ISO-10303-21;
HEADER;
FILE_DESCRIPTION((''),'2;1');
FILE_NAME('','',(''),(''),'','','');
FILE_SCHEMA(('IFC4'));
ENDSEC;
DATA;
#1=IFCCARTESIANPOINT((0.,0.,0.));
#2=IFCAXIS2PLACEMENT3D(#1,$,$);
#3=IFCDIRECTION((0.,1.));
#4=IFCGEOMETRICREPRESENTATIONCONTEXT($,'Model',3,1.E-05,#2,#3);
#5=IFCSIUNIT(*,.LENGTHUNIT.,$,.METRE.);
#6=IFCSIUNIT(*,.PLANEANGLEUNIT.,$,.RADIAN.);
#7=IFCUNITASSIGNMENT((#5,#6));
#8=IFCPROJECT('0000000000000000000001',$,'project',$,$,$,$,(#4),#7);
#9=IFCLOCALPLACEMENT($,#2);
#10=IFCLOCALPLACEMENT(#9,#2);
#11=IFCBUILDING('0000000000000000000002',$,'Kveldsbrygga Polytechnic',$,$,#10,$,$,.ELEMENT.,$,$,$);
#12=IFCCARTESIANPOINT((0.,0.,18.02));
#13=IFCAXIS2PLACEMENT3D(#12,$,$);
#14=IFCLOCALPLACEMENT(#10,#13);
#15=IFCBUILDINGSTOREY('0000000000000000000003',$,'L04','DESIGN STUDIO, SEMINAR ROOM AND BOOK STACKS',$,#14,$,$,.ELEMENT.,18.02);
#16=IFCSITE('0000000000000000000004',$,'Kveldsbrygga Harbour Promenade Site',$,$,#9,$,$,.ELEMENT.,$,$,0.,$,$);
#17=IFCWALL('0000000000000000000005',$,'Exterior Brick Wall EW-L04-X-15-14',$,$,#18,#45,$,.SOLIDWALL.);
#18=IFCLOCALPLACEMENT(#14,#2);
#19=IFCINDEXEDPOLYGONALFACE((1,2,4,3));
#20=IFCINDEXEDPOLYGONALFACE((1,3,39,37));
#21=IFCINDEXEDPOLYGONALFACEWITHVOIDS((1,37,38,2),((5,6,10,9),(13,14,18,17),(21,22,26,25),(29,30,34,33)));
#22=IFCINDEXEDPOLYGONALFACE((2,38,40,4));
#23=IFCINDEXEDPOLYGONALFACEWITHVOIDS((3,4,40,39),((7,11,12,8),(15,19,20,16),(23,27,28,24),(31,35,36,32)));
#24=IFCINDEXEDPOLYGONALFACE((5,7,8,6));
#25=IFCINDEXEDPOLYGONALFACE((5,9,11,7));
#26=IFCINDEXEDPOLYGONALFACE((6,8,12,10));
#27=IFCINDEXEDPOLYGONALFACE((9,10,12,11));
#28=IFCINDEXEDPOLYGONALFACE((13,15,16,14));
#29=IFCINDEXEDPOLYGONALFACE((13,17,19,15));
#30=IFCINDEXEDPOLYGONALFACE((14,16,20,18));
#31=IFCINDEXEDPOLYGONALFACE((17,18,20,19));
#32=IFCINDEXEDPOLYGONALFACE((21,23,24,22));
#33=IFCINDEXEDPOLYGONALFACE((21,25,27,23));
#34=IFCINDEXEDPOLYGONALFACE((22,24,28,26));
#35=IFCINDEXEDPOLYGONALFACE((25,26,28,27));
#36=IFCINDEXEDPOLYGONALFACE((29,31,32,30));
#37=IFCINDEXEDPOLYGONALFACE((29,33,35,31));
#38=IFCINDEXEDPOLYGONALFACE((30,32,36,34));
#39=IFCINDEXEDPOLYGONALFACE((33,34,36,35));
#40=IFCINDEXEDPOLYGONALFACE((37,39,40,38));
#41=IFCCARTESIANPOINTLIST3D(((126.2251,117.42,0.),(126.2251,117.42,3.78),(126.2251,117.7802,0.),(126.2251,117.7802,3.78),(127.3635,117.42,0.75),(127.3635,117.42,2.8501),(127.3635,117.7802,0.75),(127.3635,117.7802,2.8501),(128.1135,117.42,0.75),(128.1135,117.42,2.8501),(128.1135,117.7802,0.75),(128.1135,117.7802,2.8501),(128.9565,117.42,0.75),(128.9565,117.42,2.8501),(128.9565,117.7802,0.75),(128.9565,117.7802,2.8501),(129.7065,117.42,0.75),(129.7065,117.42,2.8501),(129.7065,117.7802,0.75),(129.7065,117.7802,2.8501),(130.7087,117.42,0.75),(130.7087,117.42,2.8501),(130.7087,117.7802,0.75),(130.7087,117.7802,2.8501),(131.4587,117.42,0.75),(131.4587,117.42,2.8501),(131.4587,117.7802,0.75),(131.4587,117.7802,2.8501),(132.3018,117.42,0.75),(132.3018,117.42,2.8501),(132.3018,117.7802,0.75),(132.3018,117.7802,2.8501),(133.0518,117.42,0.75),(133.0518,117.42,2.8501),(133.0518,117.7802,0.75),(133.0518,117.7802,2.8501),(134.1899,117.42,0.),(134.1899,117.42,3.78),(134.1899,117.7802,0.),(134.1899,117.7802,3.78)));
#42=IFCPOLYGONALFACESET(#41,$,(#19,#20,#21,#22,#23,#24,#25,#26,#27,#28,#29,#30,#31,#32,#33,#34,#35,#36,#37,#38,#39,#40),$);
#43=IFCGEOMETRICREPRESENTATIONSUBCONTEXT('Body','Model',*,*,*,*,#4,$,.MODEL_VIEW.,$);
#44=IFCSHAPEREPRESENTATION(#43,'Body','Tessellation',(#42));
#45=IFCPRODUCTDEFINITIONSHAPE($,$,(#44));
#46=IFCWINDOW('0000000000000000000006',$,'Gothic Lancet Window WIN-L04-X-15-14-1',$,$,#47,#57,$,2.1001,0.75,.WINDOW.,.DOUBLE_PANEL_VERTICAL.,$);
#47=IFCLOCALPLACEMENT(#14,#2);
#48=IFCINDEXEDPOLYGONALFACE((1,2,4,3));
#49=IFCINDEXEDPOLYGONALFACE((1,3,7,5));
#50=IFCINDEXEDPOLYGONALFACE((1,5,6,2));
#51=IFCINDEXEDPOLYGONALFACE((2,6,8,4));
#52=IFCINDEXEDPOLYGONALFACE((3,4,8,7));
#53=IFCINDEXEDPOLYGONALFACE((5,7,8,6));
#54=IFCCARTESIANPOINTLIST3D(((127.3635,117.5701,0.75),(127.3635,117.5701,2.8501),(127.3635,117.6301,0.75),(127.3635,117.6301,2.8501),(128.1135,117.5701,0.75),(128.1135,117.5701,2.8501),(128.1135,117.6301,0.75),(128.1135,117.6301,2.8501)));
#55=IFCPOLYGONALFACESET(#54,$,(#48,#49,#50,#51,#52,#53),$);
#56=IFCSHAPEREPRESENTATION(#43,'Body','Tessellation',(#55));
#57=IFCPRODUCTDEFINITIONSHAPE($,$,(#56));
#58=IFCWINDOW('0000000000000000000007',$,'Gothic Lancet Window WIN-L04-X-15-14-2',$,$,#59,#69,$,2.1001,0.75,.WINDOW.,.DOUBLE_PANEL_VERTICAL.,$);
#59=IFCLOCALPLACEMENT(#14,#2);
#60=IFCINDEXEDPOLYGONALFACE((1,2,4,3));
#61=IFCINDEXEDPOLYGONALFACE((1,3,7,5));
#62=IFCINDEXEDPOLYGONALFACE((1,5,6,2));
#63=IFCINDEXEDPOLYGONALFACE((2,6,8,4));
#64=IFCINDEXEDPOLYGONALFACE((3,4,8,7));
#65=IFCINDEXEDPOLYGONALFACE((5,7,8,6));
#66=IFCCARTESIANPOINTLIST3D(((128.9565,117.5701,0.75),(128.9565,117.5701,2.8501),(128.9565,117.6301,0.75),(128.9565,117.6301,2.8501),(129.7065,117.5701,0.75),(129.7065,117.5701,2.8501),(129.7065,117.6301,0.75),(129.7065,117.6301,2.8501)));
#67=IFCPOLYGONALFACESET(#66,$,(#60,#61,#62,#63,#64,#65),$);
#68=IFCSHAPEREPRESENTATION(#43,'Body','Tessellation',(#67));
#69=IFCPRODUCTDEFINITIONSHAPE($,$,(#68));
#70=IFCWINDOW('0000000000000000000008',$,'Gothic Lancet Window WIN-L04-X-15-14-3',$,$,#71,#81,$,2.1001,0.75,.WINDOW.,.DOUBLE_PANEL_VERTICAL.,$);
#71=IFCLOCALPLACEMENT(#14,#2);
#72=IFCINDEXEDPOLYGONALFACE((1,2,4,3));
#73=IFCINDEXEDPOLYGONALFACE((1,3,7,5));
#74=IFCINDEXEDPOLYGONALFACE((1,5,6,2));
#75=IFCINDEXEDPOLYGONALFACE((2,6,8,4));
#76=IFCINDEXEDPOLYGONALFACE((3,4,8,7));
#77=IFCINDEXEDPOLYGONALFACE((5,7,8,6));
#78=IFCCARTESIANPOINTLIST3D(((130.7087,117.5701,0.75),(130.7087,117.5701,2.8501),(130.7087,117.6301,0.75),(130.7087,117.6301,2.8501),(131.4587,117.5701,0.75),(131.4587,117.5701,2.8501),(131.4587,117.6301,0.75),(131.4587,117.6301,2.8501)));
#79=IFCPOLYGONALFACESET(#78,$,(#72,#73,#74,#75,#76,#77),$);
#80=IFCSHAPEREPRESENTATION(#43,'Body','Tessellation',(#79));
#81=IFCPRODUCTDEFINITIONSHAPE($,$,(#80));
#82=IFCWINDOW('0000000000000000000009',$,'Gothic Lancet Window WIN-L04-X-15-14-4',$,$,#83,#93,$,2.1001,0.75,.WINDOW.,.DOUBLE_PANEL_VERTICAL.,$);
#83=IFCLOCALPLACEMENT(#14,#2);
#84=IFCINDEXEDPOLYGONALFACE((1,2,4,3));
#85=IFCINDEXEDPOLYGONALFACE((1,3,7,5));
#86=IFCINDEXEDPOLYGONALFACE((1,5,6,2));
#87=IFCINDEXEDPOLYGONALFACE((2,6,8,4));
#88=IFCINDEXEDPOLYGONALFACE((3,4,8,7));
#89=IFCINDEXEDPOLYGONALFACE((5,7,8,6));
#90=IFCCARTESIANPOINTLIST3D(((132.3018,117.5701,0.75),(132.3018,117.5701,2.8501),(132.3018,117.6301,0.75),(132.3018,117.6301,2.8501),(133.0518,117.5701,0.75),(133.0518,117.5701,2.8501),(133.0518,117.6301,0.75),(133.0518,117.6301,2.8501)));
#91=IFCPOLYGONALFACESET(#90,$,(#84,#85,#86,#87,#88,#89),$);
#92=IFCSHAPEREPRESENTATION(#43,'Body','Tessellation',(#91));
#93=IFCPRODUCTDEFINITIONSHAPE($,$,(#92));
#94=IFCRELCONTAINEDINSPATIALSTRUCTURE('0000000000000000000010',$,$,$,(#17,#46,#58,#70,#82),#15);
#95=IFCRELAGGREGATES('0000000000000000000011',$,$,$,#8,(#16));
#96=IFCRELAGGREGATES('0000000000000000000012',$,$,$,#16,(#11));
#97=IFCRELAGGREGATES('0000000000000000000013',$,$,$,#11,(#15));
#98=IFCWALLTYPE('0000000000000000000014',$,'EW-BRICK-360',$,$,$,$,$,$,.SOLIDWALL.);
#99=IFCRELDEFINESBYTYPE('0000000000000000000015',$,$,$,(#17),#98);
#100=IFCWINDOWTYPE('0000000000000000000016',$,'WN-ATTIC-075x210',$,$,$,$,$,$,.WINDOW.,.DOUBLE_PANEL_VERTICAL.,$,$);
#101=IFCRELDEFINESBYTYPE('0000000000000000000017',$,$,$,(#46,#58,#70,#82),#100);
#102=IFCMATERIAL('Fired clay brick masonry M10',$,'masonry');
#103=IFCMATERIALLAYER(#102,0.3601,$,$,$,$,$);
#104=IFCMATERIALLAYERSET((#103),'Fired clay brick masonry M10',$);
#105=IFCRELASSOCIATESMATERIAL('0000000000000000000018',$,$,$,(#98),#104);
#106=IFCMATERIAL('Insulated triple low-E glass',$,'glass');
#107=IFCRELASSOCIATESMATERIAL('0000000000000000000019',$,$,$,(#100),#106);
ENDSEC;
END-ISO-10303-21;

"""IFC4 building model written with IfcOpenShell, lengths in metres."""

from ifc_helpers import new_model, si_unit, direction, frame, frame_2d, origin, place, context, subcontext, project, spatial, rectangle, extrude, material, layer, layer_set, type_object, element, fill, save


model = new_model("IFC4")

# Units and contexts
model_context = context("Model", 3, precision=1e-05, world=origin(), true_north=direction((0.0, 1.0)))
body_context = subcontext(model_context, "Body", "Model", "MODEL_VIEW")
ifc_project = project(units=[si_unit("LENGTHUNIT", "METRE"), si_unit("PLANEANGLEUNIT", "RADIAN")], contexts=[model_context])

# Site, building, storey
site_placement = place(None, origin())
site = spatial("IfcSite", under=ifc_project, at=site_placement, Name="Kveldsbrygga Harbour Promenade Site", CompositionType="ELEMENT", RefElevation=0.0)
building_placement = place(site_placement, origin())
building = spatial("IfcBuilding", under=site, at=building_placement, Name="Kveldsbrygga Polytechnic", CompositionType="ELEMENT")
storey_placement = place(building_placement, frame((0.0, 0.0, 18.02)))
storey = spatial("IfcBuildingStorey", under=building, at=storey_placement, Name="L04", Description="DESIGN STUDIO, SEMINAR ROOM AND BOOK STACKS", CompositionType="ELEMENT", Elevation=18.02)

# Wall, openings, windows
ifc_material_1 = material(Name="Fired clay brick masonry M10", Category="masonry")
ifc_layer_1 = layer(ifc_material_1, 0.3601)
ifc_layer_set_1 = layer_set([ifc_layer_1], Name="Fired clay brick masonry M10")
wall_type = type_object("IfcWallType", Name="EW-BRICK-360", PredefinedType="SOLIDWALL", material=ifc_layer_set_1)
wall_placement = place(storey_placement, frame((126.2251, 117.6001, 0.0), z_axis=(0.0, 0.0, 1.0), x_axis=(1.0, 0.0, 0.0)))
wall = element("IfcWall", 1, at=wall_placement, inside=storey, type_object=wall_type, Name="Exterior Brick Wall EW-L04-X-15-14", PredefinedType="SOLIDWALL", context=body_context, shape_type="SweptSolid", body=[
    extrude(rectangle(XDim=7.9648, YDim=0.3601, at=frame_2d((3.9824, 0.0))), origin(), (0.0, 0.0, 1.0), 3.78),
])
opening_1_placement = place(wall_placement, frame((1.1384, 0.0, 0.75)))
opening_1 = element("IfcOpeningElement", 2, at=opening_1_placement, cuts=wall, PredefinedType="OPENING", context=body_context, shape_type="SweptSolid", body=[
    extrude(rectangle(XDim=0.75, YDim=2.1001, at=frame_2d((0.375, 1.05))), frame((0.0, 0.1899, 0.0), z_axis=(0.0, -1.0, 0.0), x_axis=(1.0, 0.0, 0.0)), (0.0, 0.0, 1.0), 0.3801),
])
opening_2_placement = place(wall_placement, frame((2.7314, 0.0, 0.75)))
opening_2 = element("IfcOpeningElement", 3, at=opening_2_placement, cuts=wall, PredefinedType="OPENING", context=body_context, shape_type="SweptSolid", body=[
    extrude(rectangle(XDim=0.75, YDim=2.1001, at=frame_2d((0.375, 1.05))), frame((0.0, 0.1899, 0.0), z_axis=(0.0, -1.0, 0.0), x_axis=(1.0, 0.0, 0.0)), (0.0, 0.0, 1.0), 0.3801),
])
opening_3_placement = place(wall_placement, frame((4.4836, 0.0, 0.75)))
opening_3 = element("IfcOpeningElement", 4, at=opening_3_placement, cuts=wall, PredefinedType="OPENING", context=body_context, shape_type="SweptSolid", body=[
    extrude(rectangle(XDim=0.75, YDim=2.1001, at=frame_2d((0.375, 1.05))), frame((0.0, 0.1899, 0.0), z_axis=(0.0, -1.0, 0.0), x_axis=(1.0, 0.0, 0.0)), (0.0, 0.0, 1.0), 0.3801),
])
opening_4_placement = place(wall_placement, frame((6.0767, 0.0, 0.75)))
opening_4 = element("IfcOpeningElement", 5, at=opening_4_placement, cuts=wall, PredefinedType="OPENING", context=body_context, shape_type="SweptSolid", body=[
    extrude(rectangle(XDim=0.75, YDim=2.1001, at=frame_2d((0.375, 1.05))), frame((0.0, 0.1899, 0.0), z_axis=(0.0, -1.0, 0.0), x_axis=(1.0, 0.0, 0.0)), (0.0, 0.0, 1.0), 0.3801),
])
ifc_material_2 = material(Name="Insulated triple low-E glass", Category="glass")
window_type = type_object("IfcWindowType", Name="WN-ATTIC-075x210", PartitioningType="DOUBLE_PANEL_VERTICAL", PredefinedType="WINDOW", material=ifc_material_2)
window_1_placement = place(opening_1_placement, origin())
window_1 = element("IfcWindow", 6, at=window_1_placement, inside=storey, type_object=window_type, Name="Gothic Lancet Window WIN-L04-X-15-14-1", OverallHeight=2.1001, OverallWidth=0.75, PartitioningType="DOUBLE_PANEL_VERTICAL", PredefinedType="WINDOW", context=body_context, shape_type="SweptSolid", body=[
    extrude(rectangle(XDim=0.75, YDim=2.1001, at=frame_2d((0.375, 1.05))), frame((0.0, 0.03, 0.0), z_axis=(0.0, -1.0, 0.0), x_axis=(1.0, 0.0, 0.0)), (0.0, 0.0, 1.0), 0.0601),
])
fill(opening_1, window_1)
window_2_placement = place(opening_2_placement, origin())
window_2 = element("IfcWindow", 7, at=window_2_placement, inside=storey, type_object=window_type, Name="Gothic Lancet Window WIN-L04-X-15-14-2", OverallHeight=2.1001, OverallWidth=0.75, PartitioningType="DOUBLE_PANEL_VERTICAL", PredefinedType="WINDOW", context=body_context, shape_type="SweptSolid", body=[
    extrude(rectangle(XDim=0.75, YDim=2.1001, at=frame_2d((0.375, 1.05))), frame((0.0, 0.03, 0.0), z_axis=(0.0, -1.0, 0.0), x_axis=(1.0, 0.0, 0.0)), (0.0, 0.0, 1.0), 0.0601),
])
fill(opening_2, window_2)
window_3_placement = place(opening_3_placement, origin())
window_3 = element("IfcWindow", 8, at=window_3_placement, inside=storey, type_object=window_type, Name="Gothic Lancet Window WIN-L04-X-15-14-3", OverallHeight=2.1001, OverallWidth=0.75, PartitioningType="DOUBLE_PANEL_VERTICAL", PredefinedType="WINDOW", context=body_context, shape_type="SweptSolid", body=[
    extrude(rectangle(XDim=0.75, YDim=2.1001, at=frame_2d((0.375, 1.05))), frame((0.0, 0.03, 0.0), z_axis=(0.0, -1.0, 0.0), x_axis=(1.0, 0.0, 0.0)), (0.0, 0.0, 1.0), 0.0601),
])
fill(opening_3, window_3)
window_4_placement = place(opening_4_placement, origin())
window_4 = element("IfcWindow", 9, at=window_4_placement, inside=storey, type_object=window_type, Name="Gothic Lancet Window WIN-L04-X-15-14-4", OverallHeight=2.1001, OverallWidth=0.75, PartitioningType="DOUBLE_PANEL_VERTICAL", PredefinedType="WINDOW", context=body_context, shape_type="SweptSolid", body=[
    extrude(rectangle(XDim=0.75, YDim=2.1001, at=frame_2d((0.375, 1.05))), frame((0.0, 0.03, 0.0), z_axis=(0.0, -1.0, 0.0), x_axis=(1.0, 0.0, 0.0)), (0.0, 0.0, 1.0), 0.0601),
])
fill(opening_4, window_4)

save(model, "model.ifc")
